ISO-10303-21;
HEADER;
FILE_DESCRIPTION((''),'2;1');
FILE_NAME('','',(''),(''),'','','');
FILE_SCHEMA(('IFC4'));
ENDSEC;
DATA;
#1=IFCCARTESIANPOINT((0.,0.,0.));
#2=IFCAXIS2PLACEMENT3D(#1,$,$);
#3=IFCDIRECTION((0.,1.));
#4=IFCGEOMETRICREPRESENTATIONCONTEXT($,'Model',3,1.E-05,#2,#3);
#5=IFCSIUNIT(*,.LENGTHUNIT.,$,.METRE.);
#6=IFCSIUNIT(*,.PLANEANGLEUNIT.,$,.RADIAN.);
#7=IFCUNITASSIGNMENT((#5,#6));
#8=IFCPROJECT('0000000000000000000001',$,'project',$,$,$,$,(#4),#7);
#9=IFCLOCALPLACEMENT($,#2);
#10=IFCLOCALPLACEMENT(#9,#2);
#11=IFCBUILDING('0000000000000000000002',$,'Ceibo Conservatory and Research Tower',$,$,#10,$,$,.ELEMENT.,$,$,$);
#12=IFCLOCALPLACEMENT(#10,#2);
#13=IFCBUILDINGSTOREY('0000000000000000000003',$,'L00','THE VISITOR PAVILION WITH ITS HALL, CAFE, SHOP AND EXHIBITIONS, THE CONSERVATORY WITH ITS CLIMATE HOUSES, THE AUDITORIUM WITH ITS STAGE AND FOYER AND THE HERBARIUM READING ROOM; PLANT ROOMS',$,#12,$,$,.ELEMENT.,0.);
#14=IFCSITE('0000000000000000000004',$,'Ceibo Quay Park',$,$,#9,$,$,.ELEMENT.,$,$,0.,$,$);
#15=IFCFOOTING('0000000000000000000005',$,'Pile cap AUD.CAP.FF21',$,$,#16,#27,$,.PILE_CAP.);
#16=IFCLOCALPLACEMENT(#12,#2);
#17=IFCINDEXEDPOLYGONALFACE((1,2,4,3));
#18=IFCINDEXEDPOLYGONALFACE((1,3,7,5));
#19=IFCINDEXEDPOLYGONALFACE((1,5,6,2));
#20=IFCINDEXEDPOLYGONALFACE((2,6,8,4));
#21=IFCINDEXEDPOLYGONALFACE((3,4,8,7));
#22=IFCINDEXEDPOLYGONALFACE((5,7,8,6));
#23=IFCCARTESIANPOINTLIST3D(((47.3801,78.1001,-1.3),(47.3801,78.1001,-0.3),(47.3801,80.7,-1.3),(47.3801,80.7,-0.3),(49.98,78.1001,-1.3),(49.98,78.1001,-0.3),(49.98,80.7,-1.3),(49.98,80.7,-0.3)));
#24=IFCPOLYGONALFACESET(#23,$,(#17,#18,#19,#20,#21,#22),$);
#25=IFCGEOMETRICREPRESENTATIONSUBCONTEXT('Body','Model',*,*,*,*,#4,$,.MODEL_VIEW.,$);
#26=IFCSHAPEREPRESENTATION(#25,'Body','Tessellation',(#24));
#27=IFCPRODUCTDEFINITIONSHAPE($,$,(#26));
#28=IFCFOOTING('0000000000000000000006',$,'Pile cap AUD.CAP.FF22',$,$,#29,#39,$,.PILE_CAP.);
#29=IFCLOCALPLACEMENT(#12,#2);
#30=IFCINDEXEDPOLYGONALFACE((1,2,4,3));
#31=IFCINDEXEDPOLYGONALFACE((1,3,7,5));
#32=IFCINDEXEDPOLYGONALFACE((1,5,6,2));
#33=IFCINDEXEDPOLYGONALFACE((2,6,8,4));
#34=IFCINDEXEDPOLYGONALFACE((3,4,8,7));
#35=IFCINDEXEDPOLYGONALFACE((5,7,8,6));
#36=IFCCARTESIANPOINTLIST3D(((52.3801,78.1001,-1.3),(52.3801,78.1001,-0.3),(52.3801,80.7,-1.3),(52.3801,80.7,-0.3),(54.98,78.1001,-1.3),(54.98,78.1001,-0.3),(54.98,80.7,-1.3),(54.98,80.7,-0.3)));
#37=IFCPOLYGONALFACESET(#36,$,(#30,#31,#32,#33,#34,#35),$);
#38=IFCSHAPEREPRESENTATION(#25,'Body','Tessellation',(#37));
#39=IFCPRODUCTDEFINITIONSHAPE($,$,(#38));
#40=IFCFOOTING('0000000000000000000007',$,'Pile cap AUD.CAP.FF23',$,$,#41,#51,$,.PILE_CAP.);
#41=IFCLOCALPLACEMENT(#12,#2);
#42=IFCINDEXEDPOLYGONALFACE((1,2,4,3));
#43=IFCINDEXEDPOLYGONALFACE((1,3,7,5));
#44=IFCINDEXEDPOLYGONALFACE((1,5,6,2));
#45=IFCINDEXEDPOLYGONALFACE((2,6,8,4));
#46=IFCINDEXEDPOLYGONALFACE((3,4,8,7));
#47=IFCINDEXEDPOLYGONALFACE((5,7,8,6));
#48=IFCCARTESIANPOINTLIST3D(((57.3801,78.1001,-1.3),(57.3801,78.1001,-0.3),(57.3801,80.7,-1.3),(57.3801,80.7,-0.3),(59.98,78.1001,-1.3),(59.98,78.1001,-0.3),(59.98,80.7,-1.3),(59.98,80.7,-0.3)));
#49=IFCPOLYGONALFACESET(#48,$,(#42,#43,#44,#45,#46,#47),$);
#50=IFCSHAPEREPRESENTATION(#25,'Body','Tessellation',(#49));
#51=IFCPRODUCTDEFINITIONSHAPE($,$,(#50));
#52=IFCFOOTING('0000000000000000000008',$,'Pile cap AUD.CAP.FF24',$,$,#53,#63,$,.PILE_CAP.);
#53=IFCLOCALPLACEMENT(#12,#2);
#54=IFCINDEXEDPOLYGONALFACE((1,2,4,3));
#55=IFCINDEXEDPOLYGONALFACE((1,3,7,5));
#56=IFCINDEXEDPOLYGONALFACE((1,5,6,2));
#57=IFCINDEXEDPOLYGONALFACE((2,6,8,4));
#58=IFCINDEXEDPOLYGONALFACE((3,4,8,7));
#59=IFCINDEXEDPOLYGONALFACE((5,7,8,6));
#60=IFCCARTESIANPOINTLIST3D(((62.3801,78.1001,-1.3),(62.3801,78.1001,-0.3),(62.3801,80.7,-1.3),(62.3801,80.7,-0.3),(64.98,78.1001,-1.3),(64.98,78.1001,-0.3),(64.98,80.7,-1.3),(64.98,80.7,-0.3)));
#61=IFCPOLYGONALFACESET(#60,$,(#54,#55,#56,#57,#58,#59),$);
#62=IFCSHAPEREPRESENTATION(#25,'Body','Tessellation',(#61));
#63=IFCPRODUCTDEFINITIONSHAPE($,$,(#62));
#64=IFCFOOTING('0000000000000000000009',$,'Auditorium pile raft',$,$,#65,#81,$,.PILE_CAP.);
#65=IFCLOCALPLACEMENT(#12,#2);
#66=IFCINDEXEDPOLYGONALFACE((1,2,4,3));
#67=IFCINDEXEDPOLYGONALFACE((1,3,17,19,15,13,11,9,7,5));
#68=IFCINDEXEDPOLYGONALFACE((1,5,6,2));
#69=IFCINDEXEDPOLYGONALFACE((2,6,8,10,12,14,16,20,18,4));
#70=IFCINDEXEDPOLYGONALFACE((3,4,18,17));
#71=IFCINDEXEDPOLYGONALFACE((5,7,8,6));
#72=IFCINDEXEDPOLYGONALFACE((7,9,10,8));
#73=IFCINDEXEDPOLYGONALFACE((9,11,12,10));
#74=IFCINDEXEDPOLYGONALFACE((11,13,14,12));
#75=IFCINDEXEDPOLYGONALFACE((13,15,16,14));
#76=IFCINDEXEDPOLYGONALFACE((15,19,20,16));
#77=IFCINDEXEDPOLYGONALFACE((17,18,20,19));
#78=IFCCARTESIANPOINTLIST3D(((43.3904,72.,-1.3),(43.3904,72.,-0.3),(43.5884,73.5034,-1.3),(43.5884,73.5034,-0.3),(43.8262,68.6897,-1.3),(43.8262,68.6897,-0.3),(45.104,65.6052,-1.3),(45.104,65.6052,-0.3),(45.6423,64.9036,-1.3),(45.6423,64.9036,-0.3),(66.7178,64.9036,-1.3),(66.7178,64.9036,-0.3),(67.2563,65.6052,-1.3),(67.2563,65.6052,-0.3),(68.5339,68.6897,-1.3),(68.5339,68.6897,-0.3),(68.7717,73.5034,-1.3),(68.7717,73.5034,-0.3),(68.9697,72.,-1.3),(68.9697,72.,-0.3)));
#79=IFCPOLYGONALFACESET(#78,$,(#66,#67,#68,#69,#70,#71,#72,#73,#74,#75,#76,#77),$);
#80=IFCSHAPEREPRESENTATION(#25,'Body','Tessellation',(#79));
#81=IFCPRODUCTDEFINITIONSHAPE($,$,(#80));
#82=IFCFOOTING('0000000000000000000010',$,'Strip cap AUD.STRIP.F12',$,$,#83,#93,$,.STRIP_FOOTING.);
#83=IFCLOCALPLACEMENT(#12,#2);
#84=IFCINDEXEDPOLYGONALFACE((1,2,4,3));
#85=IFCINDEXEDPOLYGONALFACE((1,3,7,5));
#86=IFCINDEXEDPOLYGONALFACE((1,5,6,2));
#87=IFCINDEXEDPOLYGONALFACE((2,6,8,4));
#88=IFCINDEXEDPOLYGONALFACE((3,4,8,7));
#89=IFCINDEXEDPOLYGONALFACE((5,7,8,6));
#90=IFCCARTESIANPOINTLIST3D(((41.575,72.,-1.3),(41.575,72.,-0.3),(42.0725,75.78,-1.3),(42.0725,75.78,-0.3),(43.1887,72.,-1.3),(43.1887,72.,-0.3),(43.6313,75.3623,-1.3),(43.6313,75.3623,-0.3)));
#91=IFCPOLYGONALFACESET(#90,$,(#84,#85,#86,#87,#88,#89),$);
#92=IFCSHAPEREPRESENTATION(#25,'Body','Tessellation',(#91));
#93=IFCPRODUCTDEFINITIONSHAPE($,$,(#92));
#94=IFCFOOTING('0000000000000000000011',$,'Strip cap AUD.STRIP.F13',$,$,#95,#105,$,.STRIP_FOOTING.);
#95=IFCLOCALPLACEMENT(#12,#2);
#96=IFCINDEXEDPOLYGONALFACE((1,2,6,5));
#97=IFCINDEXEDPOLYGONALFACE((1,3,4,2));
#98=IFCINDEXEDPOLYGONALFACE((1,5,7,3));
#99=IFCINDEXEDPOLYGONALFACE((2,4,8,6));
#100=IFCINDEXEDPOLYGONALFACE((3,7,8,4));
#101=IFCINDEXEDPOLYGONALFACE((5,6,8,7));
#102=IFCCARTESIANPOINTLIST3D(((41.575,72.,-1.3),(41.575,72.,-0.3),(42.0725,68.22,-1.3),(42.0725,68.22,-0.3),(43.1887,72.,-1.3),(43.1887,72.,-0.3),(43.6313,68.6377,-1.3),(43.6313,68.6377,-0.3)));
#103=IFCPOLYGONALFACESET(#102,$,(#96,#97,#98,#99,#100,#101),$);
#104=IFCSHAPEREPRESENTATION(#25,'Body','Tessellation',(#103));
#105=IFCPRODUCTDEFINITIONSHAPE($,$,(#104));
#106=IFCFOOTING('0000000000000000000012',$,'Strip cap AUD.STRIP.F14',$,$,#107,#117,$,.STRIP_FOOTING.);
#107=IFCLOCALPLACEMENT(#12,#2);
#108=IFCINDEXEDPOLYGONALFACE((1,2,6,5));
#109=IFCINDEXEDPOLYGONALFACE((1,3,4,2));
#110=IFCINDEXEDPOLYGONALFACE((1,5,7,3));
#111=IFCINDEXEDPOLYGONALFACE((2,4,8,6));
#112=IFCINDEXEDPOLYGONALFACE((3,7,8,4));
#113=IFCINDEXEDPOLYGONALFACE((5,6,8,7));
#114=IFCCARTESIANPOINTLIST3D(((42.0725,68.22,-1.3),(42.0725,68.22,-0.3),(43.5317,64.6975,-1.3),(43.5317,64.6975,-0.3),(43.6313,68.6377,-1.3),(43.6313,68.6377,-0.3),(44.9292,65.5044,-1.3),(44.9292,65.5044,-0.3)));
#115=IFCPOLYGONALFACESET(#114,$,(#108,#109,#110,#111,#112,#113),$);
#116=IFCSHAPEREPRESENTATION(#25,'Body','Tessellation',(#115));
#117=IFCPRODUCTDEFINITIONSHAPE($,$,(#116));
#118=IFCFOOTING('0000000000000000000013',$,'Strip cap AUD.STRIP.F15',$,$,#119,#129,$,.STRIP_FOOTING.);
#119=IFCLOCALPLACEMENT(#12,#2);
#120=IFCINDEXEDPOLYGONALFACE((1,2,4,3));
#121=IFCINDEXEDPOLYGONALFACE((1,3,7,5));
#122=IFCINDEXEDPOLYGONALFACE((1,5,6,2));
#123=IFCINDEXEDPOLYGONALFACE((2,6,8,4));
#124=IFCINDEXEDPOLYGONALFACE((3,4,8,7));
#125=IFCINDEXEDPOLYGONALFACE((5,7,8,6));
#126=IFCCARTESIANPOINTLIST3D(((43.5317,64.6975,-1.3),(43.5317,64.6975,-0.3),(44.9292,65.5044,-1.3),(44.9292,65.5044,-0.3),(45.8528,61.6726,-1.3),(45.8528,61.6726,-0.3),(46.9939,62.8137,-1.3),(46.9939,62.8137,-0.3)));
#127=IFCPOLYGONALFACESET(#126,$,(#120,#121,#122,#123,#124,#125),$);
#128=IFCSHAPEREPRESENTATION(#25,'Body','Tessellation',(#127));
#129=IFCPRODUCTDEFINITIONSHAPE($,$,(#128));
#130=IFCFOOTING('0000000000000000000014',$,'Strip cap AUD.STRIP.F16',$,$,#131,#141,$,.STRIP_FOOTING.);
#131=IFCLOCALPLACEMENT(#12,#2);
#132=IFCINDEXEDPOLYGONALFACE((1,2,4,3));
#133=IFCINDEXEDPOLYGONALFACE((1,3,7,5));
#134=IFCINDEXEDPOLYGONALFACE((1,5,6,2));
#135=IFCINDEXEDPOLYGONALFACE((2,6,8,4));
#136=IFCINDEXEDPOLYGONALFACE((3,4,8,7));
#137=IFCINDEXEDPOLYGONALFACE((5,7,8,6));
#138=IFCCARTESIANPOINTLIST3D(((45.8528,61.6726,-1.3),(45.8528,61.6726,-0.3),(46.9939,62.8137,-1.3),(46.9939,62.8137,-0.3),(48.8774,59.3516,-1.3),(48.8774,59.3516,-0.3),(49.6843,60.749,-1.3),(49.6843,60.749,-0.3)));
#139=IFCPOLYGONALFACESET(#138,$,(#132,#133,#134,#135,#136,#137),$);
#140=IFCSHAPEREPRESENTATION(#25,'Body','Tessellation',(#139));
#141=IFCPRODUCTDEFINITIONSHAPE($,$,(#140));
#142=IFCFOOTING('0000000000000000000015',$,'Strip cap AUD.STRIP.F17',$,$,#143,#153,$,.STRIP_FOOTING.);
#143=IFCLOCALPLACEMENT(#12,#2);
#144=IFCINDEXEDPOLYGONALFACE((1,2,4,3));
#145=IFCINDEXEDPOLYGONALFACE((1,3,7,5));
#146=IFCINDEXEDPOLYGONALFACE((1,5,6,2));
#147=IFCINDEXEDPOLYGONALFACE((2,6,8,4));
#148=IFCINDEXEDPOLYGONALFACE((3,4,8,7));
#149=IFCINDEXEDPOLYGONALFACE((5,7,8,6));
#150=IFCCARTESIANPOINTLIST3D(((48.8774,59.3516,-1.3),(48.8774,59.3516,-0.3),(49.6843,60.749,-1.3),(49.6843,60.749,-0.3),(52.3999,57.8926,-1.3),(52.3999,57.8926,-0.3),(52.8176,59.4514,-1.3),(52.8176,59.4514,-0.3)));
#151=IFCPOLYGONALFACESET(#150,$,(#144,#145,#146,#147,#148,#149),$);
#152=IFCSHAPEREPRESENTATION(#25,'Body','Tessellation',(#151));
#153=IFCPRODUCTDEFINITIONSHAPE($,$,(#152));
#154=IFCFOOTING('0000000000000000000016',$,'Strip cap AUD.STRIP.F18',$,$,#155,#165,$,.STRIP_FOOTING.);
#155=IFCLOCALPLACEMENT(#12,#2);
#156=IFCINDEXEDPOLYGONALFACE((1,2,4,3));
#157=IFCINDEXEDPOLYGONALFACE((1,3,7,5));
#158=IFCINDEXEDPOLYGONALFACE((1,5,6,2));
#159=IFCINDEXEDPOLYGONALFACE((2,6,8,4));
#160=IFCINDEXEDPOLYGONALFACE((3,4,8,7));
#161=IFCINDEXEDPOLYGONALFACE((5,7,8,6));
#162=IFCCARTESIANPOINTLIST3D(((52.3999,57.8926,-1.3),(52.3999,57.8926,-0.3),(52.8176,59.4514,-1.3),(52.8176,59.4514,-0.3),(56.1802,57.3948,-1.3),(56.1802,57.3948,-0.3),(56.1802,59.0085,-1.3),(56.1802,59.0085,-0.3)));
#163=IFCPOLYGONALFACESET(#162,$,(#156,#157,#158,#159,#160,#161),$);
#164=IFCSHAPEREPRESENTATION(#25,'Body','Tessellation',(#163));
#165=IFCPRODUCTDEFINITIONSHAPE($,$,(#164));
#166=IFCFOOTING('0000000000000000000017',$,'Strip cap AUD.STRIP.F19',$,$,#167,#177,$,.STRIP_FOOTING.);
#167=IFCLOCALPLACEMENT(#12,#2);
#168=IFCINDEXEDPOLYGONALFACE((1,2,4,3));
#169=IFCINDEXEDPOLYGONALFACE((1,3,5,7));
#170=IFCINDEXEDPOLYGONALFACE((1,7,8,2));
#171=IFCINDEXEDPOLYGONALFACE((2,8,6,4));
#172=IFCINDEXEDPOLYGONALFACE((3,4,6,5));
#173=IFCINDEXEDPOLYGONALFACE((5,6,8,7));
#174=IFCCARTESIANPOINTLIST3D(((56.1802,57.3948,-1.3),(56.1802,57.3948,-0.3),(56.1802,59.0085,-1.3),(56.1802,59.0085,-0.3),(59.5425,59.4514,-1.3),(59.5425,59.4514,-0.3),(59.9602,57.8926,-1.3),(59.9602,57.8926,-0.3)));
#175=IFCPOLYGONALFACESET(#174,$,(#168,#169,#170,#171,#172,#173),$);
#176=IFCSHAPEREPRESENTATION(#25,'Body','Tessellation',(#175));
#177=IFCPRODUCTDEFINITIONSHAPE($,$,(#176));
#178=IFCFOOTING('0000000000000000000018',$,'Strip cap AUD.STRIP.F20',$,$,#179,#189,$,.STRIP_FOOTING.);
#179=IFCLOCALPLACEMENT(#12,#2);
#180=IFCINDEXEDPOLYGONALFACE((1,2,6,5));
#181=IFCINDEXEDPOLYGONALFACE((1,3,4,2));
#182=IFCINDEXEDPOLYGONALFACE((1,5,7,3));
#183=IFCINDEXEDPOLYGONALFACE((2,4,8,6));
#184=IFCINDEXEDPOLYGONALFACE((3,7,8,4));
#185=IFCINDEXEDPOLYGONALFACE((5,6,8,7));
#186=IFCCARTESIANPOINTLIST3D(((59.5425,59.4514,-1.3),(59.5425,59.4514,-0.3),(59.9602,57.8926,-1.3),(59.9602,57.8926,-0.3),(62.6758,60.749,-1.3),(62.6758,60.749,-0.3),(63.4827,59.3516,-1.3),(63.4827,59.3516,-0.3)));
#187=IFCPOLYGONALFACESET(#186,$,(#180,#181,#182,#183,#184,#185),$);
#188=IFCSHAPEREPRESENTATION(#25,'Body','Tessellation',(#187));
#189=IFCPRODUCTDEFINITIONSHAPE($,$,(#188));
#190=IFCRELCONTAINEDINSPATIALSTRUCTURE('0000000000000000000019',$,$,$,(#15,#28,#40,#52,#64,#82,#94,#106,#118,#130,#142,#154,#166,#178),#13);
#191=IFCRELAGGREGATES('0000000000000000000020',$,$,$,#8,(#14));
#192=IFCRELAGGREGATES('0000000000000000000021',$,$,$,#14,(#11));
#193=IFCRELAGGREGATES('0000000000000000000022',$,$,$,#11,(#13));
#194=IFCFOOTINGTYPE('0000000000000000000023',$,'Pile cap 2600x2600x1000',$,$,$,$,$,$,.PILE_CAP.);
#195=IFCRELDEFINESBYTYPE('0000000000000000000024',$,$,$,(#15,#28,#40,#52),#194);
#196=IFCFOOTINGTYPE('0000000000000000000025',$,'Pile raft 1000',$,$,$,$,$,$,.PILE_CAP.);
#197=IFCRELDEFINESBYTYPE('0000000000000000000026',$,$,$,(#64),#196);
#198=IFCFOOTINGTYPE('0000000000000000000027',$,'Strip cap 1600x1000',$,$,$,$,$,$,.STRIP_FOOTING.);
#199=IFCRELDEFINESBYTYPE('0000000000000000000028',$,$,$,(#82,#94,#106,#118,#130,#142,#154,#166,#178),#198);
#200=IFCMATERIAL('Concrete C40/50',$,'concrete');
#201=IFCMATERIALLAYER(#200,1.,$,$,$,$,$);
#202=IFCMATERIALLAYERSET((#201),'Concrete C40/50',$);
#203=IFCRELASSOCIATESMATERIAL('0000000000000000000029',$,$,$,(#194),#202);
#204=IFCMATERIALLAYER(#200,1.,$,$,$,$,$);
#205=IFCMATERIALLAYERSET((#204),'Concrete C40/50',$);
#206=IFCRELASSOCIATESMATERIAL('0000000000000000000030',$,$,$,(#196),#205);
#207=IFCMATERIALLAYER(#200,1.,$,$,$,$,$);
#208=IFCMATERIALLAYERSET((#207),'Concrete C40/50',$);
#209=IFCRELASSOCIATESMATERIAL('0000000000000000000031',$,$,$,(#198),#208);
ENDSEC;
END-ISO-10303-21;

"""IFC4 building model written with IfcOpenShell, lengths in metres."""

from ifc_helpers import new_model, si_unit, direction, frame, origin, place, context, subcontext, project, spatial, polyline, outline, extrude, material, layer, layer_set, type_object, element, save


model = new_model("IFC4")

# Units and contexts
model_context = context("Model", 3, precision=1e-05, world=origin(), true_north=direction((0.0, 1.0)))
body_context = subcontext(model_context, "Body", "Model", "MODEL_VIEW")
ifc_project = project(units=[si_unit("LENGTHUNIT", "METRE"), si_unit("PLANEANGLEUNIT", "RADIAN")], contexts=[model_context])

# Site, building, storey
site_placement = place(None, origin())
site = spatial("IfcSite", under=ifc_project, at=site_placement, Name="Ceibo Quay Park", CompositionType="ELEMENT", RefElevation=0.0)
building_placement = place(site_placement, origin())
building = spatial("IfcBuilding", under=site, at=building_placement, Name="Ceibo Conservatory and Research Tower", CompositionType="ELEMENT")
storey_placement = place(building_placement, origin())
storey = spatial("IfcBuildingStorey", under=building, at=storey_placement, Name="L00", Description="THE VISITOR PAVILION WITH ITS HALL, CAFE, SHOP AND EXHIBITIONS, THE CONSERVATORY WITH ITS CLIMATE HOUSES, THE AUDITORIUM WITH ITS STAGE AND FOYER AND THE HERBARIUM READING ROOM; PLANT ROOMS", CompositionType="ELEMENT", Elevation=0.0)

# Footings
ifc_material = material(Name="Concrete C40/50", Category="concrete")
ifc_layer_1 = layer(ifc_material, 1.0)
ifc_layer_set_1 = layer_set([ifc_layer_1], Name="Concrete C40/50")
footing_type_1 = type_object("IfcFootingType", Name="Pile cap 2600x2600x1000", PredefinedType="PILE_CAP", material=ifc_layer_set_1)
footing_1_placement = place(storey_placement, frame((0.0, 0.0, -1.3)))
element("IfcFooting", 1, at=footing_1_placement, inside=storey, type_object=footing_type_1, Name="Pile cap AUD.CAP.FF21", PredefinedType="PILE_CAP", context=body_context, shape_type="SweptSolid", body=[
    extrude(outline(polyline([(47.3801, 78.1001), (49.98, 78.1001), (49.98, 80.7), (47.3801, 80.7), (47.3801, 78.1001)])), origin(), (0.0, 0.0, 1.0), 1.0),
])
footing_2_placement = place(storey_placement, frame((0.0, 0.0, -1.3)))
element("IfcFooting", 2, at=footing_2_placement, inside=storey, type_object=footing_type_1, Name="Pile cap AUD.CAP.FF22", PredefinedType="PILE_CAP", context=body_context, shape_type="SweptSolid", body=[
    extrude(outline(polyline([(52.3801, 78.1001), (54.98, 78.1001), (54.98, 80.7), (52.3801, 80.7), (52.3801, 78.1001)])), origin(), (0.0, 0.0, 1.0), 1.0),
])
footing_3_placement = place(storey_placement, frame((0.0, 0.0, -1.3)))
element("IfcFooting", 3, at=footing_3_placement, inside=storey, type_object=footing_type_1, Name="Pile cap AUD.CAP.FF23", PredefinedType="PILE_CAP", context=body_context, shape_type="SweptSolid", body=[
    extrude(outline(polyline([(57.3801, 78.1001), (59.98, 78.1001), (59.98, 80.7), (57.3801, 80.7), (57.3801, 78.1001)])), origin(), (0.0, 0.0, 1.0), 1.0),
])
footing_4_placement = place(storey_placement, frame((0.0, 0.0, -1.3)))
element("IfcFooting", 4, at=footing_4_placement, inside=storey, type_object=footing_type_1, Name="Pile cap AUD.CAP.FF24", PredefinedType="PILE_CAP", context=body_context, shape_type="SweptSolid", body=[
    extrude(outline(polyline([(62.3801, 78.1001), (64.98, 78.1001), (64.98, 80.7), (62.3801, 80.7), (62.3801, 78.1001)])), origin(), (0.0, 0.0, 1.0), 1.0),
])
ifc_layer_2 = layer(ifc_material, 1.0)
ifc_layer_set_2 = layer_set([ifc_layer_2], Name="Concrete C40/50")
footing_type_2 = type_object("IfcFootingType", Name="Pile raft 1000", PredefinedType="PILE_CAP", material=ifc_layer_set_2)
footing_5_placement = place(storey_placement, frame((0.0, 0.0, -1.3)))
element("IfcFooting", 5, at=footing_5_placement, inside=storey, type_object=footing_type_2, Name="Auditorium pile raft", PredefinedType="PILE_CAP", context=body_context, shape_type="SweptSolid", body=[
    extrude(outline(polyline([(68.5339, 68.6897), (68.9697, 72.0), (68.7717, 73.5034), (43.5884, 73.5034), (43.3904, 72.0), (43.8262, 68.6897), (45.104, 65.6052), (45.6423, 64.9036), (66.7178, 64.9036), (67.2563, 65.6052), (68.5339, 68.6897)])), origin(), (0.0, 0.0, 1.0), 1.0),
])
ifc_layer_3 = layer(ifc_material, 1.0)
ifc_layer_set_3 = layer_set([ifc_layer_3], Name="Concrete C40/50")
footing_type_3 = type_object("IfcFootingType", Name="Strip cap 1600x1000", PredefinedType="STRIP_FOOTING", material=ifc_layer_set_3)
footing_6_placement = place(storey_placement, frame((0.0, 0.0, -1.3)))
element("IfcFooting", 6, at=footing_6_placement, inside=storey, type_object=footing_type_3, Name="Strip cap AUD.STRIP.F12", PredefinedType="STRIP_FOOTING", context=body_context, shape_type="SweptSolid", body=[
    extrude(outline(polyline([(42.0725, 75.78), (41.575, 72.0), (43.1887, 72.0), (43.6313, 75.3623), (42.0725, 75.78)])), origin(), (0.0, 0.0, 1.0), 1.0),
])
footing_7_placement = place(storey_placement, frame((0.0, 0.0, -1.3)))
element("IfcFooting", 7, at=footing_7_placement, inside=storey, type_object=footing_type_3, Name="Strip cap AUD.STRIP.F13", PredefinedType="STRIP_FOOTING", context=body_context, shape_type="SweptSolid", body=[
    extrude(outline(polyline([(41.575, 72.0), (42.0725, 68.22), (43.6313, 68.6377), (43.1887, 72.0), (41.575, 72.0)])), origin(), (0.0, 0.0, 1.0), 1.0),
])
footing_8_placement = place(storey_placement, frame((0.0, 0.0, -1.3)))
element("IfcFooting", 8, at=footing_8_placement, inside=storey, type_object=footing_type_3, Name="Strip cap AUD.STRIP.F14", PredefinedType="STRIP_FOOTING", context=body_context, shape_type="SweptSolid", body=[
    extrude(outline(polyline([(42.0725, 68.22), (43.5317, 64.6975), (44.9292, 65.5044), (43.6313, 68.6377), (42.0725, 68.22)])), origin(), (0.0, 0.0, 1.0), 1.0),
])
footing_9_placement = place(storey_placement, frame((0.0, 0.0, -1.3)))
element("IfcFooting", 9, at=footing_9_placement, inside=storey, type_object=footing_type_3, Name="Strip cap AUD.STRIP.F15", PredefinedType="STRIP_FOOTING", context=body_context, shape_type="SweptSolid", body=[
    extrude(outline(polyline([(43.5317, 64.6975), (45.8528, 61.6726), (46.9939, 62.8137), (44.9292, 65.5044), (43.5317, 64.6975)])), origin(), (0.0, 0.0, 1.0), 1.0),
])
footing_10_placement = place(storey_placement, frame((0.0, 0.0, -1.3)))
element("IfcFooting", 10, at=footing_10_placement, inside=storey, type_object=footing_type_3, Name="Strip cap AUD.STRIP.F16", PredefinedType="STRIP_FOOTING", context=body_context, shape_type="SweptSolid", body=[
    extrude(outline(polyline([(45.8528, 61.6726), (48.8774, 59.3516), (49.6843, 60.749), (46.9939, 62.8137), (45.8528, 61.6726)])), origin(), (0.0, 0.0, 1.0), 1.0),
])
footing_11_placement = place(storey_placement, frame((0.0, 0.0, -1.3)))
element("IfcFooting", 11, at=footing_11_placement, inside=storey, type_object=footing_type_3, Name="Strip cap AUD.STRIP.F17", PredefinedType="STRIP_FOOTING", context=body_context, shape_type="SweptSolid", body=[
    extrude(outline(polyline([(48.8774, 59.3516), (52.3999, 57.8926), (52.8176, 59.4514), (49.6843, 60.749), (48.8774, 59.3516)])), origin(), (0.0, 0.0, 1.0), 1.0),
])
footing_12_placement = place(storey_placement, frame((0.0, 0.0, -1.3)))
element("IfcFooting", 12, at=footing_12_placement, inside=storey, type_object=footing_type_3, Name="Strip cap AUD.STRIP.F18", PredefinedType="STRIP_FOOTING", context=body_context, shape_type="SweptSolid", body=[
    extrude(outline(polyline([(52.3999, 57.8926), (56.1802, 57.3948), (56.1802, 59.0085), (52.8176, 59.4514), (52.3999, 57.8926)])), origin(), (0.0, 0.0, 1.0), 1.0),
])
footing_13_placement = place(storey_placement, frame((0.0, 0.0, -1.3)))
element("IfcFooting", 13, at=footing_13_placement, inside=storey, type_object=footing_type_3, Name="Strip cap AUD.STRIP.F19", PredefinedType="STRIP_FOOTING", context=body_context, shape_type="SweptSolid", body=[
    extrude(outline(polyline([(56.1802, 57.3948), (59.9602, 57.8926), (59.5425, 59.4514), (56.1802, 59.0085), (56.1802, 57.3948)])), origin(), (0.0, 0.0, 1.0), 1.0),
])
footing_14_placement = place(storey_placement, frame((0.0, 0.0, -1.3)))
element("IfcFooting", 14, at=footing_14_placement, inside=storey, type_object=footing_type_3, Name="Strip cap AUD.STRIP.F20", PredefinedType="STRIP_FOOTING", context=body_context, shape_type="SweptSolid", body=[
    extrude(outline(polyline([(59.9602, 57.8926), (63.4827, 59.3516), (62.6758, 60.749), (59.5425, 59.4514), (59.9602, 57.8926)])), origin(), (0.0, 0.0, 1.0), 1.0),
])

save(model, "model.ifc")
